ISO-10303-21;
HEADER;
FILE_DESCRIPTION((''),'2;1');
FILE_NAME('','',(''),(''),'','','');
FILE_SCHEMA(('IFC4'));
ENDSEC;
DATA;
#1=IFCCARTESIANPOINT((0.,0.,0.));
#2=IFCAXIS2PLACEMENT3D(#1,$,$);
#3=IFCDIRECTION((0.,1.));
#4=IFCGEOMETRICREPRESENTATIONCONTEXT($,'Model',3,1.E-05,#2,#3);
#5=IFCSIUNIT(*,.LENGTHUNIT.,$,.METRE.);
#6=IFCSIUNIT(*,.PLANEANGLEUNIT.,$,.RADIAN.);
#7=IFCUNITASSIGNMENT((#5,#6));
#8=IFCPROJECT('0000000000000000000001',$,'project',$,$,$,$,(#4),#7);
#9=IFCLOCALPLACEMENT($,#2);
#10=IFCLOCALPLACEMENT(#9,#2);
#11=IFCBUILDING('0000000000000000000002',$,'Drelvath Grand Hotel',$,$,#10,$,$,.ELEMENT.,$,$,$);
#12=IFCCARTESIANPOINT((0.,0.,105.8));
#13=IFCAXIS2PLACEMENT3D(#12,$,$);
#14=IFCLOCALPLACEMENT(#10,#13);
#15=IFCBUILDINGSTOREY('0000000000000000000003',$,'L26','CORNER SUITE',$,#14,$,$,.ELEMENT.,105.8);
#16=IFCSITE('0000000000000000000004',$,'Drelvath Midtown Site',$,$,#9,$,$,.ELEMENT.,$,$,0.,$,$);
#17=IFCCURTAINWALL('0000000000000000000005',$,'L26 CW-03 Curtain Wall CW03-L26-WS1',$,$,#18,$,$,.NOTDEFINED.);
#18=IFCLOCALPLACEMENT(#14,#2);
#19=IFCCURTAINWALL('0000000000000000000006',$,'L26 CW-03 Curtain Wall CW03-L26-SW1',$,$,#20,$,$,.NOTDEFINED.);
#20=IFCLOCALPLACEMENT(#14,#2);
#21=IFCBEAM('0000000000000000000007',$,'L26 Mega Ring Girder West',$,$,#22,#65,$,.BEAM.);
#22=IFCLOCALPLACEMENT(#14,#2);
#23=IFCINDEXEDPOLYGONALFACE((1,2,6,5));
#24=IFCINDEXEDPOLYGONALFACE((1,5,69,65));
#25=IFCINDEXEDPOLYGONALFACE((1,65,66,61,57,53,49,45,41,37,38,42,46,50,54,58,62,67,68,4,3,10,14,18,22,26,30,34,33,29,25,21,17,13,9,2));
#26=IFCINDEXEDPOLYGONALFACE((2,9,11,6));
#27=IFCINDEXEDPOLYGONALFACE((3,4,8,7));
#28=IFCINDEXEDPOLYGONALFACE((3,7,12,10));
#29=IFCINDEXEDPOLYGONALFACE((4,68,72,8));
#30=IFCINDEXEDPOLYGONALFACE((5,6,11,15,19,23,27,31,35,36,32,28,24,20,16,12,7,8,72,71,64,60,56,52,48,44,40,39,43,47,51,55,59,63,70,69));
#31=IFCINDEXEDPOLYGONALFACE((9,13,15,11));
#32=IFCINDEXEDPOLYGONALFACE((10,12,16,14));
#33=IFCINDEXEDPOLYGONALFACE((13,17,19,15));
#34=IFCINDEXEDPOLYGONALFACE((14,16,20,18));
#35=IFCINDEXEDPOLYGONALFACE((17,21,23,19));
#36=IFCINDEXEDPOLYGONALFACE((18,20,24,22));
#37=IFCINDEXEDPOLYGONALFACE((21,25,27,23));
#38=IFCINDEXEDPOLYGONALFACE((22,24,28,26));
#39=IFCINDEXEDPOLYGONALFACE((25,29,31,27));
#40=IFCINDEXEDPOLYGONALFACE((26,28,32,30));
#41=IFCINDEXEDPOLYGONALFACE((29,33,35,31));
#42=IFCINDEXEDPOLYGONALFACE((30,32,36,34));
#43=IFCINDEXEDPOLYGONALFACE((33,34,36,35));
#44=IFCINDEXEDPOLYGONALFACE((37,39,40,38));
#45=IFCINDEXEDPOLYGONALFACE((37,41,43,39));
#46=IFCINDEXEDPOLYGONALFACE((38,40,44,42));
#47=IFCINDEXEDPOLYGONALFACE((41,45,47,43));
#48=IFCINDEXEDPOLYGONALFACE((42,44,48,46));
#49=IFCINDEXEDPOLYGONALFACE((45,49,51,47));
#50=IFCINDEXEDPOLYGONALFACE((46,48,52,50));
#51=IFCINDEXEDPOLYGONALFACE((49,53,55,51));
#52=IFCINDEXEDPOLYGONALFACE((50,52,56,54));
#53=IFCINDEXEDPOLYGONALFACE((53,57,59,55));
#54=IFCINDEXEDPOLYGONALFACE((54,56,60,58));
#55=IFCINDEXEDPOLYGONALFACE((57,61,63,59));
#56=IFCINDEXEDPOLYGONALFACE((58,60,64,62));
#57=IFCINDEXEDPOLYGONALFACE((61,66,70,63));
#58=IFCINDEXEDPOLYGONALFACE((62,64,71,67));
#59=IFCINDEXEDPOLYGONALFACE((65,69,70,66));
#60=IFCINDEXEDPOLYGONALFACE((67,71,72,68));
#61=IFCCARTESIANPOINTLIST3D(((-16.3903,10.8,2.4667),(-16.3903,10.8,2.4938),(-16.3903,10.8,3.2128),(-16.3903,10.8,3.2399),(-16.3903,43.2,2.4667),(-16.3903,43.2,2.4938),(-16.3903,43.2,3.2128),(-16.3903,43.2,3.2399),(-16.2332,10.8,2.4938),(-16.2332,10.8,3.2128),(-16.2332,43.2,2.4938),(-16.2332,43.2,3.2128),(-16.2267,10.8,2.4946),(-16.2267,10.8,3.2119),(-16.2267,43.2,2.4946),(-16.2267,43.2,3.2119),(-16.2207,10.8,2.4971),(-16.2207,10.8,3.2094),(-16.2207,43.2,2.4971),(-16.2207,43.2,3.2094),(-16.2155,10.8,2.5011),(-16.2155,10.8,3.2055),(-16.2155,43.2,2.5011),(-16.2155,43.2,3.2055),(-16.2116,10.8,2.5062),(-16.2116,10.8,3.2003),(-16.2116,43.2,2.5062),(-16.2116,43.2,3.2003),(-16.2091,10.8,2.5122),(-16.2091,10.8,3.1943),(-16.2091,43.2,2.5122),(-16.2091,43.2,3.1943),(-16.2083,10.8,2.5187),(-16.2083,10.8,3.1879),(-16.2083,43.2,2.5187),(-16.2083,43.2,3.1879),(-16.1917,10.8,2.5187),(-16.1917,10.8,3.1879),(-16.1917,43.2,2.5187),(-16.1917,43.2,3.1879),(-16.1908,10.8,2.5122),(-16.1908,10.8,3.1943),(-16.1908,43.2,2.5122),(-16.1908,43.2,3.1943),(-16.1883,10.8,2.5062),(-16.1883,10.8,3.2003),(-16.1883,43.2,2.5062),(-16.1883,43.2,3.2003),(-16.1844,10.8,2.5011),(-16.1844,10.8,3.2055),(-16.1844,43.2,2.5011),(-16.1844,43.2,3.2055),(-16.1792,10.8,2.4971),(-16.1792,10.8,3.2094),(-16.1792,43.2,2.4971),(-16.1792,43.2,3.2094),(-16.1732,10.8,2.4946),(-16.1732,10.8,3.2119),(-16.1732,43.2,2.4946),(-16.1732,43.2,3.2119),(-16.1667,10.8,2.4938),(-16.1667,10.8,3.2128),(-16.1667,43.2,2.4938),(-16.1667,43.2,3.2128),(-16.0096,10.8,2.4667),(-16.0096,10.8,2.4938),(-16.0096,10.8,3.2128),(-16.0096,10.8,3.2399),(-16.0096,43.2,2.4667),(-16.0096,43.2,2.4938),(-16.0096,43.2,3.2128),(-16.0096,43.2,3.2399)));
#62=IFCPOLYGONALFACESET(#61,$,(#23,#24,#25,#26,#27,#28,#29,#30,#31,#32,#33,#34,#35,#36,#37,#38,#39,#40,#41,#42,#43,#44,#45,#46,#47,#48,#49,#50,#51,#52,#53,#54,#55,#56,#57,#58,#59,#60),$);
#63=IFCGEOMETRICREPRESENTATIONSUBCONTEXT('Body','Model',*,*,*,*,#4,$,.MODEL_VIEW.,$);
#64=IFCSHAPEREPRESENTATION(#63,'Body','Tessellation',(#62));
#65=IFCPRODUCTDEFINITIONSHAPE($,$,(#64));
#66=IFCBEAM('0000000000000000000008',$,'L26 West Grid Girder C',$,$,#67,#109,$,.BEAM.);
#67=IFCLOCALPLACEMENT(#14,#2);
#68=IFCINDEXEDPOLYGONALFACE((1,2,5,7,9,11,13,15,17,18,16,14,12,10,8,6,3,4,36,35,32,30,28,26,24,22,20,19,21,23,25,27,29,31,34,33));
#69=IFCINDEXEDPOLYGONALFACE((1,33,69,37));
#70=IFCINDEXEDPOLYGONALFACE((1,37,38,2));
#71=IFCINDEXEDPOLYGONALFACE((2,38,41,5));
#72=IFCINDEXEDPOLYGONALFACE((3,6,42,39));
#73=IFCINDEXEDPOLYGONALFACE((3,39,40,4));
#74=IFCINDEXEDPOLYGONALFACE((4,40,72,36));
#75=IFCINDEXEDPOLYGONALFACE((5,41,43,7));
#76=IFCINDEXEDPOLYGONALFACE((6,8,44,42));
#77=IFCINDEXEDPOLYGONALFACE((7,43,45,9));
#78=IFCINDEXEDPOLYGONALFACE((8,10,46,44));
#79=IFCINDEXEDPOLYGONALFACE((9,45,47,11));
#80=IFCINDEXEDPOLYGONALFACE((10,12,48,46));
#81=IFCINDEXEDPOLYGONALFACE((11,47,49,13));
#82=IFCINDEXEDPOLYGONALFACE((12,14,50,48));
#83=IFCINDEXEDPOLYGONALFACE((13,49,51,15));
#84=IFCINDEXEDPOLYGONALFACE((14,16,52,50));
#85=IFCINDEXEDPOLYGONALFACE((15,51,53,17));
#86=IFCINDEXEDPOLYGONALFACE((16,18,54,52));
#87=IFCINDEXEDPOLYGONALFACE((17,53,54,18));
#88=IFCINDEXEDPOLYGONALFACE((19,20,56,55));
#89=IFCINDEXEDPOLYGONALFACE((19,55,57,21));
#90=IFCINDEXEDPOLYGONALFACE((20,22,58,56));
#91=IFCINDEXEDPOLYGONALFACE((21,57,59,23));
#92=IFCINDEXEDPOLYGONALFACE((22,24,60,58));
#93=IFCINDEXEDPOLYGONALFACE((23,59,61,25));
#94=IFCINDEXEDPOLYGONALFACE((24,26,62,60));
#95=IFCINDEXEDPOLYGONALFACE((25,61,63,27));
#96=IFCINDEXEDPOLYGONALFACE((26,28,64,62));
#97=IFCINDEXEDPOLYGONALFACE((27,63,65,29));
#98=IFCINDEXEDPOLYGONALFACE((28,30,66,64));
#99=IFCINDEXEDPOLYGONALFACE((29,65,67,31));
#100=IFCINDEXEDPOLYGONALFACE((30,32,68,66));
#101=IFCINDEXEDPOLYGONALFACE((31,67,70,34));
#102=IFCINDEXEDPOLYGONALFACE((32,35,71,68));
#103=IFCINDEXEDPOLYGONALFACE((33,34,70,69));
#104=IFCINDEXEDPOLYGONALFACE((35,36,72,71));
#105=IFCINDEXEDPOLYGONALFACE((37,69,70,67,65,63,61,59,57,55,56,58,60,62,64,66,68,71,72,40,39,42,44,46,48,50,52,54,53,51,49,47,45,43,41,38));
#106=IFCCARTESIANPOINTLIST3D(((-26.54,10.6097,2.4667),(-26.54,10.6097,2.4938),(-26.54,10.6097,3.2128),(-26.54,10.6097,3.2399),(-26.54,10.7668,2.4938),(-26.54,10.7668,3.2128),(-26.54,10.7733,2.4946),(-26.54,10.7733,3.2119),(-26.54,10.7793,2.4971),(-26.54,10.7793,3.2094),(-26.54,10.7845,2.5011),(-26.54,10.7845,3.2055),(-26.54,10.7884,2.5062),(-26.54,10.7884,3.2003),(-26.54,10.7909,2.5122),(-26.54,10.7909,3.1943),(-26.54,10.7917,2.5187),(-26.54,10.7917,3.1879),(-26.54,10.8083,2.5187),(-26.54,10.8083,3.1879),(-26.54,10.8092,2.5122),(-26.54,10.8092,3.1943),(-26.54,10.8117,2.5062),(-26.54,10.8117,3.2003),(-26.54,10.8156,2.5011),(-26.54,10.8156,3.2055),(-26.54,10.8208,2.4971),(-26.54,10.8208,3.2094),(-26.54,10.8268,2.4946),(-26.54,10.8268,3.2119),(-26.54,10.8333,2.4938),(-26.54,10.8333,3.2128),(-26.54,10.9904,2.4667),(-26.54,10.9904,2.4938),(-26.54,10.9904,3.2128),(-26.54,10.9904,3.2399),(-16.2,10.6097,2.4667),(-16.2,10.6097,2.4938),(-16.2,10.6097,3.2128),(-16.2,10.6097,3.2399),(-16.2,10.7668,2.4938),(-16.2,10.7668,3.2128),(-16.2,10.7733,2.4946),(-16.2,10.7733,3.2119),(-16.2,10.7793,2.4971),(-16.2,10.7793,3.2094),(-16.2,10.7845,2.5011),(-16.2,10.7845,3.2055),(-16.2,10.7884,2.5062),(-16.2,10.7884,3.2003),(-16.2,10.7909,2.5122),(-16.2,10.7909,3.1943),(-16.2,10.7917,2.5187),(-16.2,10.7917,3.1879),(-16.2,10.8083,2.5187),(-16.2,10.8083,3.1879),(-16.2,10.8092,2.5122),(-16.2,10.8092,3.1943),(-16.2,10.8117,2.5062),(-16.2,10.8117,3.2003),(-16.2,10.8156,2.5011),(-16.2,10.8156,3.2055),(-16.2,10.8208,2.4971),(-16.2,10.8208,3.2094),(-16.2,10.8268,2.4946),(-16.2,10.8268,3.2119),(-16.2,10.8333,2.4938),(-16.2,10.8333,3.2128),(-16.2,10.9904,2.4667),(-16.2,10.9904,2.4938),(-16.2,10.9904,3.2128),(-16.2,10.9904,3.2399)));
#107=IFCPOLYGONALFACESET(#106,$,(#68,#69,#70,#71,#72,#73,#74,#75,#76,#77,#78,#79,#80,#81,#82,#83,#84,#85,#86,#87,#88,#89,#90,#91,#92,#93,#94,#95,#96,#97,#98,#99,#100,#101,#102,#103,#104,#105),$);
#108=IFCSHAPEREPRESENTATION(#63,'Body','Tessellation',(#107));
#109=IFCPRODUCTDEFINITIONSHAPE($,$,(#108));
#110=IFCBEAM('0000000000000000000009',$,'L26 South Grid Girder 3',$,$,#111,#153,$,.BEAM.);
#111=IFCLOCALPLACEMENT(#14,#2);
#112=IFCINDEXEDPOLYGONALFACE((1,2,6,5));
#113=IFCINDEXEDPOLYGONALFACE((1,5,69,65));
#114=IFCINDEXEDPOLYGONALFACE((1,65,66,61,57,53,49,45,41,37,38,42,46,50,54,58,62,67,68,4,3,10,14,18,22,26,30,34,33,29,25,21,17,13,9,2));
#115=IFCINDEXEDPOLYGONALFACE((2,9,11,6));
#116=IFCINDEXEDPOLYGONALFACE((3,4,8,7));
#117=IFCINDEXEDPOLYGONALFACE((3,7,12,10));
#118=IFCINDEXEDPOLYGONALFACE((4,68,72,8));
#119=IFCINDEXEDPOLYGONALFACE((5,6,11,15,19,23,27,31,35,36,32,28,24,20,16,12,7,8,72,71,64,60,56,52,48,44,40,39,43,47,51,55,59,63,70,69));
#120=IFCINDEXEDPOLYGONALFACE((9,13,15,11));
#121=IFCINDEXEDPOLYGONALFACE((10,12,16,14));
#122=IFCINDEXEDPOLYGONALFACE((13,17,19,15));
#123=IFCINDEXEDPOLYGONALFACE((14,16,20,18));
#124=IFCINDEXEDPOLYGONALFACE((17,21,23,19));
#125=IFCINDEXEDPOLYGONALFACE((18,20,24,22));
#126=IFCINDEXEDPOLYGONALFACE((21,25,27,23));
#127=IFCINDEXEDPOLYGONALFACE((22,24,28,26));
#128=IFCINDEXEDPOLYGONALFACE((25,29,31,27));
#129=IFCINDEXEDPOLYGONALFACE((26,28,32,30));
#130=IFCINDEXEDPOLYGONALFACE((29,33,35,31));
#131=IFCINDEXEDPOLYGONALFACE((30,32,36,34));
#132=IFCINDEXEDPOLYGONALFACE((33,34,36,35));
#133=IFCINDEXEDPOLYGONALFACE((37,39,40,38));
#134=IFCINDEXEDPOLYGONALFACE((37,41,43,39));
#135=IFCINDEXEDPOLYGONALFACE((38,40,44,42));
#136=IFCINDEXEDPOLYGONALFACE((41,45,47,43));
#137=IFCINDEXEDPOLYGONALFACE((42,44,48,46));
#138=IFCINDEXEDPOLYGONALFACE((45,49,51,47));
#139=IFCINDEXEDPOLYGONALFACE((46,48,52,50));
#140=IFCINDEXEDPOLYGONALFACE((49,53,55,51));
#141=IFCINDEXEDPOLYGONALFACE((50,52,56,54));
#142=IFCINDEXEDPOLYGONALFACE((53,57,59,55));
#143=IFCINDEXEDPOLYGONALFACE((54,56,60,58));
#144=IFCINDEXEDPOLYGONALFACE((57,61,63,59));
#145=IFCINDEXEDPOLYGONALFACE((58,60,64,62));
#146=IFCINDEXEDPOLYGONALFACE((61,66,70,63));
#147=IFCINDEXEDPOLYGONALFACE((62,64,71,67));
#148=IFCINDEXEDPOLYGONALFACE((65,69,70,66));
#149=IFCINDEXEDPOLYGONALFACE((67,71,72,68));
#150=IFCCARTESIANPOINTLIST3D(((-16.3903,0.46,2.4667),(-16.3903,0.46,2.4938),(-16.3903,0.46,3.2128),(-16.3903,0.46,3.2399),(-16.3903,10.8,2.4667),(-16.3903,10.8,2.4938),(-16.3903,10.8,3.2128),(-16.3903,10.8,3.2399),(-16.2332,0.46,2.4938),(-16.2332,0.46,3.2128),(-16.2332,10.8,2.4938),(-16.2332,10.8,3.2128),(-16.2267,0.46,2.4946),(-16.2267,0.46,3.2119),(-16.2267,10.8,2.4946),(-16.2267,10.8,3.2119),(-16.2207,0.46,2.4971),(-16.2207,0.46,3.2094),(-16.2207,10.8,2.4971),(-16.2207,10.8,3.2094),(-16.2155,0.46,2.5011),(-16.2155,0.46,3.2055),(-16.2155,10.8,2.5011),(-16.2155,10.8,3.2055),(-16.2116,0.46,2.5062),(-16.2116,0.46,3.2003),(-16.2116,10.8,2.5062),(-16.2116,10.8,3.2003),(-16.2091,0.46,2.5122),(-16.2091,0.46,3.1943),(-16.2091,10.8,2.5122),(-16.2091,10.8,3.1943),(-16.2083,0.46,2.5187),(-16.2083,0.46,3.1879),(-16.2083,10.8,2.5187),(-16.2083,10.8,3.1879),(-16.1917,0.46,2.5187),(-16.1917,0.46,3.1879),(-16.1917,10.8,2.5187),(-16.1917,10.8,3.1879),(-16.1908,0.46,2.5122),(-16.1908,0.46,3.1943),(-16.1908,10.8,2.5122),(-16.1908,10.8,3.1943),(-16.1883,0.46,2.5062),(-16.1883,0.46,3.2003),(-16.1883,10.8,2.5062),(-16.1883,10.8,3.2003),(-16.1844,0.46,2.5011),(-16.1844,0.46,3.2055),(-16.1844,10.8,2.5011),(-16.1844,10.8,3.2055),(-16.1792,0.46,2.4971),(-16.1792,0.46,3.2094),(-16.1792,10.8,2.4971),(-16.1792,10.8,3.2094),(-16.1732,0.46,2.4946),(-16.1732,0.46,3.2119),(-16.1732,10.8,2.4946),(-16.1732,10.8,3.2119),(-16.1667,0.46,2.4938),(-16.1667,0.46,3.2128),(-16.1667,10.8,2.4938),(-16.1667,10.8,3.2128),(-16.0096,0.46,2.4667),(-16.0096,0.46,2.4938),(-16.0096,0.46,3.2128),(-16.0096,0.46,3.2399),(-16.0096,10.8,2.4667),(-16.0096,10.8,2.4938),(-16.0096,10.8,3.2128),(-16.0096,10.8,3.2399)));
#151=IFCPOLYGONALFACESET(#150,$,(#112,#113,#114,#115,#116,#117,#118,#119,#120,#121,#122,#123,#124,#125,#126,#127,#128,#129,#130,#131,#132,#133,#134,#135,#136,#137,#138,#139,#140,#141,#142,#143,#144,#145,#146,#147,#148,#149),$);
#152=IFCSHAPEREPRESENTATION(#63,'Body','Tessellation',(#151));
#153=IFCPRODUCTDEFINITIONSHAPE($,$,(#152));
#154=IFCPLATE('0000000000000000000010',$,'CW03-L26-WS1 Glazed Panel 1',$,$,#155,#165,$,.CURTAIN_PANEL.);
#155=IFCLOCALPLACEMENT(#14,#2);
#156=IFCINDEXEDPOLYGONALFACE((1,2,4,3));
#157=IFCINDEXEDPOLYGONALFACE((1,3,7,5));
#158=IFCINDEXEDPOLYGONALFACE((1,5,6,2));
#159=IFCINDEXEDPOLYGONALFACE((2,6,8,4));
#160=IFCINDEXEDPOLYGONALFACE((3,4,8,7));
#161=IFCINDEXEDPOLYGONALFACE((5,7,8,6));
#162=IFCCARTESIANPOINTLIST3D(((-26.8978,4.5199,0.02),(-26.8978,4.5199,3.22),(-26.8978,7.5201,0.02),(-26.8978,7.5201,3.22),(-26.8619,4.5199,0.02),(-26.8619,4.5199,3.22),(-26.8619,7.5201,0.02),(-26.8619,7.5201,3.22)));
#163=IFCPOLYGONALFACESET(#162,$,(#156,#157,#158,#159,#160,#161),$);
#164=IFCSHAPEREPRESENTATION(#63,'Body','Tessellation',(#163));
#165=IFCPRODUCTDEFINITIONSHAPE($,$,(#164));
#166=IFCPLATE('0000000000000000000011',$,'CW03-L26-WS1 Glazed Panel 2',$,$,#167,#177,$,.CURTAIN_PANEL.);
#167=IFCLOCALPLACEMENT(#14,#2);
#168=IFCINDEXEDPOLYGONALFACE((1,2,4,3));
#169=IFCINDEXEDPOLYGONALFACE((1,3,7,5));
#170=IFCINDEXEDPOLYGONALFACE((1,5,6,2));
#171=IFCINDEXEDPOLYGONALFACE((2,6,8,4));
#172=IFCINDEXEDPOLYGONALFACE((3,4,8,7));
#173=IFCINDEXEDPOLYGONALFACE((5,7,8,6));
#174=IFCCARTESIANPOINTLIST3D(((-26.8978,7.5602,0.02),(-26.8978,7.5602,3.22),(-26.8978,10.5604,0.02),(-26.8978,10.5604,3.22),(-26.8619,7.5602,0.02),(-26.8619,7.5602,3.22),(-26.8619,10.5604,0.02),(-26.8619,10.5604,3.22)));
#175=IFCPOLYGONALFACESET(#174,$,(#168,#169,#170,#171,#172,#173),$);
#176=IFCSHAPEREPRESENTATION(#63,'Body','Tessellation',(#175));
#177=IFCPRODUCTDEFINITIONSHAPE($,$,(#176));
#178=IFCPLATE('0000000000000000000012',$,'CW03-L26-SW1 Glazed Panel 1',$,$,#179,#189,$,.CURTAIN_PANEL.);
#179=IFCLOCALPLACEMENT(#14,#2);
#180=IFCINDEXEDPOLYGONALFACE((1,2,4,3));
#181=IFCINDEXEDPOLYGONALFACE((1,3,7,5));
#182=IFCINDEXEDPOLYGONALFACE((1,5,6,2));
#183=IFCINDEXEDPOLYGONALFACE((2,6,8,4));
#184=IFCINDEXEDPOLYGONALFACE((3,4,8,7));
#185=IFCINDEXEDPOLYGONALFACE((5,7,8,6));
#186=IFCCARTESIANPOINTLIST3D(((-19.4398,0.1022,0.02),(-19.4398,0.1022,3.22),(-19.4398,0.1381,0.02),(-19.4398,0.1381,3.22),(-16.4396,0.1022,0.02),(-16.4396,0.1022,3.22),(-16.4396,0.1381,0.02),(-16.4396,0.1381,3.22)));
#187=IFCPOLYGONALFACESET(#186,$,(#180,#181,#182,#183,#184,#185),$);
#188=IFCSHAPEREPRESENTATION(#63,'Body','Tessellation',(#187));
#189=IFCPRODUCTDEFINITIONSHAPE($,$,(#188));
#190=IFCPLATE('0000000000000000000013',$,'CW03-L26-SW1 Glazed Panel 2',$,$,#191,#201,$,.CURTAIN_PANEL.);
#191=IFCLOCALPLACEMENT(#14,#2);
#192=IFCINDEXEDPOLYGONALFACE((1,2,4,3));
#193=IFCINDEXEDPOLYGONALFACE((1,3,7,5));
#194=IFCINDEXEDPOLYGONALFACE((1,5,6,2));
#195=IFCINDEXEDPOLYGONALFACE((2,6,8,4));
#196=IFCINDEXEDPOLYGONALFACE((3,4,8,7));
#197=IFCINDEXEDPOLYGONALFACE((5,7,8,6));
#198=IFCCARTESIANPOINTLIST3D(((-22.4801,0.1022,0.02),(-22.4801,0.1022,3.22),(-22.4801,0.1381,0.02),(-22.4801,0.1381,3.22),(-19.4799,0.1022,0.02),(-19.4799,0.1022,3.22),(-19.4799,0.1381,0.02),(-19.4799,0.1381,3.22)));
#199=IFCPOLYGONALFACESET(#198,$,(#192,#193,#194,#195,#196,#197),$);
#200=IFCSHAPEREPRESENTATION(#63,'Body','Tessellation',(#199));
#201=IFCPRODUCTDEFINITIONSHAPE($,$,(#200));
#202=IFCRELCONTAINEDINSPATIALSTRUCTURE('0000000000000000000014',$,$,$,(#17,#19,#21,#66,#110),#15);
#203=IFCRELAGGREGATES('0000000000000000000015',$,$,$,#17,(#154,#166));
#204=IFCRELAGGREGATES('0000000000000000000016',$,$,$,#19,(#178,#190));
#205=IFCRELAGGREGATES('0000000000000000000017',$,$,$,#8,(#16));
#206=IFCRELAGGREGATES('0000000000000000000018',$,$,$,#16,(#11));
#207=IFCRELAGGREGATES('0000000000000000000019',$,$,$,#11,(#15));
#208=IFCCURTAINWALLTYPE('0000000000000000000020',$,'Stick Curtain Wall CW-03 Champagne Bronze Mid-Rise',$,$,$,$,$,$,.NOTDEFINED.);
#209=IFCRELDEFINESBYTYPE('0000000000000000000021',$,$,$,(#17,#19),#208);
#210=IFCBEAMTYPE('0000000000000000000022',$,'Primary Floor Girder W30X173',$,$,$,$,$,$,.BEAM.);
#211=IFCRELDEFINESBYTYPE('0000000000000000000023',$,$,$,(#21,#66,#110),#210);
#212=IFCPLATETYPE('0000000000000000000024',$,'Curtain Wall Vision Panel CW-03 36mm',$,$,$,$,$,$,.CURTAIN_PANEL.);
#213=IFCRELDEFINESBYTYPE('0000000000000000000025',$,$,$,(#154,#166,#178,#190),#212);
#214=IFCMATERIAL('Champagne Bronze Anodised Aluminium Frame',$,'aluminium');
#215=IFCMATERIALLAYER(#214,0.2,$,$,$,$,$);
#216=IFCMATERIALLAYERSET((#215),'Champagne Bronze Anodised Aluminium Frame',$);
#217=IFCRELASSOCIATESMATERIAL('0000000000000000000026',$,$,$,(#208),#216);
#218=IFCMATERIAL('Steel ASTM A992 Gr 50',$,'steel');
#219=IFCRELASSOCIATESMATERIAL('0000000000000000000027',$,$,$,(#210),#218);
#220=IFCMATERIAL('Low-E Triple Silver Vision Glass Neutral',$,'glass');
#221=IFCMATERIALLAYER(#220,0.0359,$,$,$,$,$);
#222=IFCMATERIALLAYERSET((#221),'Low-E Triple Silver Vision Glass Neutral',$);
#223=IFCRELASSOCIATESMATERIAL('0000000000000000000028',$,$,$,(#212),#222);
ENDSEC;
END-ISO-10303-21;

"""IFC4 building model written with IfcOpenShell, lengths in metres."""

from ifc_helpers import new_model, si_unit, direction, frame, origin, origin_2d, place, context, subcontext, project, spatial, rectangle, i_section, extrude, material, layer, layer_set, material_profile, profile_set, type_object, element, aggregate, save


model = new_model("IFC4")

# Units and contexts
model_context = context("Model", 3, precision=1e-05, world=origin(), true_north=direction((0.0, 1.0)))
body_context = subcontext(model_context, "Body", "Model", "MODEL_VIEW")
ifc_project = project(units=[si_unit("LENGTHUNIT", "METRE"), si_unit("PLANEANGLEUNIT", "RADIAN")], contexts=[model_context])

# Site, building, storey
site_placement = place(None, origin())
site = spatial("IfcSite", under=ifc_project, at=site_placement, Name="Drelvath Midtown Site", CompositionType="ELEMENT", RefElevation=0.0)
building_placement = place(site_placement, origin())
building = spatial("IfcBuilding", under=site, at=building_placement, Name="Drelvath Grand Hotel", CompositionType="ELEMENT")
storey_placement = place(building_placement, frame((0.0, 0.0, 105.8)))
storey = spatial("IfcBuildingStorey", under=building, at=storey_placement, Name="L26", Description="CORNER SUITE", CompositionType="ELEMENT", Elevation=105.8)

# Curtain walls
ifc_material_1 = material(Name="Champagne Bronze Anodised Aluminium Frame", Category="aluminium")
ifc_layer_1 = layer(ifc_material_1, 0.2)
ifc_layer_set_1 = layer_set([ifc_layer_1], Name="Champagne Bronze Anodised Aluminium Frame")
curtain_wall_type = type_object("IfcCurtainWallType", Name="Stick Curtain Wall CW-03 Champagne Bronze Mid-Rise", PredefinedType="NOTDEFINED", material=ifc_layer_set_1)
curtain_wall_1_placement = place(storey_placement, origin())
curtain_wall_1 = element("IfcCurtainWall", 1, at=curtain_wall_1_placement, inside=storey, type_object=curtain_wall_type, Name="L26 CW-03 Curtain Wall CW03-L26-WS1", PredefinedType="NOTDEFINED")
curtain_wall_2_placement = place(storey_placement, origin())
curtain_wall_2 = element("IfcCurtainWall", 2, at=curtain_wall_2_placement, inside=storey, type_object=curtain_wall_type, Name="L26 CW-03 Curtain Wall CW03-L26-SW1", PredefinedType="NOTDEFINED")

# Beams
ifc_material_2 = material(Name="Steel ASTM A992 Gr 50", Category="steel")
ifc_material_profile_1 = material_profile(ifc_material_2, i_section(OverallWidth=0.3806, OverallDepth=0.7732, WebThickness=0.0166, FlangeThickness=0.0271, FilletRadius=0.0249, at=origin_2d()), Name="W30X173")
ifc_profile_set_1 = profile_set([ifc_material_profile_1], Name="Steel ASTM A992 Gr 50")
beam_type_1 = type_object("IfcBeamType", Name="Primary Floor Girder W30X173", PredefinedType="BEAM", material=ifc_profile_set_1)
for number, where, z_axis, x_axis, name in (
    (3, (-16.2, 10.8, 2.8533), (0.0, 1.0, 0.0), (-1.0, 0.0, 0.0), "L26 Mega Ring Girder West"),
):
    element("IfcBeam", number, at=place(storey_placement, frame(where, z_axis=z_axis, x_axis=x_axis)), inside=storey, type_object=beam_type_1, Name=name, PredefinedType="BEAM", context=body_context, shape_type="SweptSolid", body=[
        extrude(i_section(OverallWidth=0.3806, OverallDepth=0.7732, WebThickness=0.0166, FlangeThickness=0.0271, FilletRadius=0.0249, at=origin_2d()), origin(), (0.0, 0.0, 1.0), 32.3999),
    ])
for number, where, z_axis, x_axis, name in (
    (4, (-26.54, 10.8, 2.8533), (1.0, 0.0, 0.0), (0.0, 1.0, 0.0), "L26 West Grid Girder C"),
    (5, (-16.2, 0.46, 2.8533), (0.0, 1.0, 0.0), (-1.0, 0.0, 0.0), "L26 South Grid Girder 3"),
):
    element("IfcBeam", number, at=place(storey_placement, frame(where, z_axis=z_axis, x_axis=x_axis)), inside=storey, type_object=beam_type_1, Name=name, PredefinedType="BEAM", context=body_context, shape_type="SweptSolid", body=[
        extrude(i_section(OverallWidth=0.3806, OverallDepth=0.7732, WebThickness=0.0166, FlangeThickness=0.0271, FilletRadius=0.0249, at=origin_2d()), origin(), (0.0, 0.0, 1.0), 10.3401),
    ])

# Plates
ifc_material_3 = material(Name="Low-E Triple Silver Vision Glass Neutral", Category="glass")
ifc_layer_2 = layer(ifc_material_3, 0.0359)
ifc_layer_set_2 = layer_set([ifc_layer_2], Name="Low-E Triple Silver Vision Glass Neutral")
plate_type = type_object("IfcPlateType", Name="Curtain Wall Vision Panel CW-03 36mm", PredefinedType="CURTAIN_PANEL", material=ifc_layer_set_2)
plate_1_placement = place(storey_placement, frame((-26.8799, 6.02, 0.02), z_axis=(0.0, 0.0, 1.0), x_axis=(0.0, 1.0, 0.0)))
plate_1 = element("IfcPlate", 6, at=plate_1_placement, type_object=plate_type, Name="CW03-L26-WS1 Glazed Panel 1", PredefinedType="CURTAIN_PANEL", context=body_context, shape_type="SweptSolid", body=[
    extrude(rectangle(XDim=3.0002, YDim=0.0359, at=origin_2d()), origin(), (0.0, 0.0, 1.0), 3.2),
])
plate_2_placement = place(storey_placement, frame((-26.8799, 9.0603, 0.02), z_axis=(0.0, 0.0, 1.0), x_axis=(0.0, 1.0, 0.0)))
plate_2 = element("IfcPlate", 7, at=plate_2_placement, type_object=plate_type, Name="CW03-L26-WS1 Glazed Panel 2", PredefinedType="CURTAIN_PANEL", context=body_context, shape_type="SweptSolid", body=[
    extrude(rectangle(XDim=3.0002, YDim=0.0359, at=origin_2d()), origin(), (0.0, 0.0, 1.0), 3.2),
])
aggregate(curtain_wall_1, [plate_1, plate_2])
plate_3_placement = place(storey_placement, frame((-17.9397, 0.1201, 0.02), z_axis=(0.0, 0.0, 1.0), x_axis=(-1.0, 0.0, 0.0)))
plate_3 = element("IfcPlate", 8, at=plate_3_placement, type_object=plate_type, Name="CW03-L26-SW1 Glazed Panel 1", PredefinedType="CURTAIN_PANEL", context=body_context, shape_type="SweptSolid", body=[
    extrude(rectangle(XDim=3.0002, YDim=0.0359, at=origin_2d()), origin(), (0.0, 0.0, 1.0), 3.2),
])
plate_4_placement = place(storey_placement, frame((-20.98, 0.1201, 0.02), z_axis=(0.0, 0.0, 1.0), x_axis=(-1.0, 0.0, 0.0)))
plate_4 = element("IfcPlate", 9, at=plate_4_placement, type_object=plate_type, Name="CW03-L26-SW1 Glazed Panel 2", PredefinedType="CURTAIN_PANEL", context=body_context, shape_type="SweptSolid", body=[
    extrude(rectangle(XDim=3.0002, YDim=0.0359, at=origin_2d()), origin(), (0.0, 0.0, 1.0), 3.2),
])
aggregate(curtain_wall_2, [plate_3, plate_4])

save(model, "model.ifc")
